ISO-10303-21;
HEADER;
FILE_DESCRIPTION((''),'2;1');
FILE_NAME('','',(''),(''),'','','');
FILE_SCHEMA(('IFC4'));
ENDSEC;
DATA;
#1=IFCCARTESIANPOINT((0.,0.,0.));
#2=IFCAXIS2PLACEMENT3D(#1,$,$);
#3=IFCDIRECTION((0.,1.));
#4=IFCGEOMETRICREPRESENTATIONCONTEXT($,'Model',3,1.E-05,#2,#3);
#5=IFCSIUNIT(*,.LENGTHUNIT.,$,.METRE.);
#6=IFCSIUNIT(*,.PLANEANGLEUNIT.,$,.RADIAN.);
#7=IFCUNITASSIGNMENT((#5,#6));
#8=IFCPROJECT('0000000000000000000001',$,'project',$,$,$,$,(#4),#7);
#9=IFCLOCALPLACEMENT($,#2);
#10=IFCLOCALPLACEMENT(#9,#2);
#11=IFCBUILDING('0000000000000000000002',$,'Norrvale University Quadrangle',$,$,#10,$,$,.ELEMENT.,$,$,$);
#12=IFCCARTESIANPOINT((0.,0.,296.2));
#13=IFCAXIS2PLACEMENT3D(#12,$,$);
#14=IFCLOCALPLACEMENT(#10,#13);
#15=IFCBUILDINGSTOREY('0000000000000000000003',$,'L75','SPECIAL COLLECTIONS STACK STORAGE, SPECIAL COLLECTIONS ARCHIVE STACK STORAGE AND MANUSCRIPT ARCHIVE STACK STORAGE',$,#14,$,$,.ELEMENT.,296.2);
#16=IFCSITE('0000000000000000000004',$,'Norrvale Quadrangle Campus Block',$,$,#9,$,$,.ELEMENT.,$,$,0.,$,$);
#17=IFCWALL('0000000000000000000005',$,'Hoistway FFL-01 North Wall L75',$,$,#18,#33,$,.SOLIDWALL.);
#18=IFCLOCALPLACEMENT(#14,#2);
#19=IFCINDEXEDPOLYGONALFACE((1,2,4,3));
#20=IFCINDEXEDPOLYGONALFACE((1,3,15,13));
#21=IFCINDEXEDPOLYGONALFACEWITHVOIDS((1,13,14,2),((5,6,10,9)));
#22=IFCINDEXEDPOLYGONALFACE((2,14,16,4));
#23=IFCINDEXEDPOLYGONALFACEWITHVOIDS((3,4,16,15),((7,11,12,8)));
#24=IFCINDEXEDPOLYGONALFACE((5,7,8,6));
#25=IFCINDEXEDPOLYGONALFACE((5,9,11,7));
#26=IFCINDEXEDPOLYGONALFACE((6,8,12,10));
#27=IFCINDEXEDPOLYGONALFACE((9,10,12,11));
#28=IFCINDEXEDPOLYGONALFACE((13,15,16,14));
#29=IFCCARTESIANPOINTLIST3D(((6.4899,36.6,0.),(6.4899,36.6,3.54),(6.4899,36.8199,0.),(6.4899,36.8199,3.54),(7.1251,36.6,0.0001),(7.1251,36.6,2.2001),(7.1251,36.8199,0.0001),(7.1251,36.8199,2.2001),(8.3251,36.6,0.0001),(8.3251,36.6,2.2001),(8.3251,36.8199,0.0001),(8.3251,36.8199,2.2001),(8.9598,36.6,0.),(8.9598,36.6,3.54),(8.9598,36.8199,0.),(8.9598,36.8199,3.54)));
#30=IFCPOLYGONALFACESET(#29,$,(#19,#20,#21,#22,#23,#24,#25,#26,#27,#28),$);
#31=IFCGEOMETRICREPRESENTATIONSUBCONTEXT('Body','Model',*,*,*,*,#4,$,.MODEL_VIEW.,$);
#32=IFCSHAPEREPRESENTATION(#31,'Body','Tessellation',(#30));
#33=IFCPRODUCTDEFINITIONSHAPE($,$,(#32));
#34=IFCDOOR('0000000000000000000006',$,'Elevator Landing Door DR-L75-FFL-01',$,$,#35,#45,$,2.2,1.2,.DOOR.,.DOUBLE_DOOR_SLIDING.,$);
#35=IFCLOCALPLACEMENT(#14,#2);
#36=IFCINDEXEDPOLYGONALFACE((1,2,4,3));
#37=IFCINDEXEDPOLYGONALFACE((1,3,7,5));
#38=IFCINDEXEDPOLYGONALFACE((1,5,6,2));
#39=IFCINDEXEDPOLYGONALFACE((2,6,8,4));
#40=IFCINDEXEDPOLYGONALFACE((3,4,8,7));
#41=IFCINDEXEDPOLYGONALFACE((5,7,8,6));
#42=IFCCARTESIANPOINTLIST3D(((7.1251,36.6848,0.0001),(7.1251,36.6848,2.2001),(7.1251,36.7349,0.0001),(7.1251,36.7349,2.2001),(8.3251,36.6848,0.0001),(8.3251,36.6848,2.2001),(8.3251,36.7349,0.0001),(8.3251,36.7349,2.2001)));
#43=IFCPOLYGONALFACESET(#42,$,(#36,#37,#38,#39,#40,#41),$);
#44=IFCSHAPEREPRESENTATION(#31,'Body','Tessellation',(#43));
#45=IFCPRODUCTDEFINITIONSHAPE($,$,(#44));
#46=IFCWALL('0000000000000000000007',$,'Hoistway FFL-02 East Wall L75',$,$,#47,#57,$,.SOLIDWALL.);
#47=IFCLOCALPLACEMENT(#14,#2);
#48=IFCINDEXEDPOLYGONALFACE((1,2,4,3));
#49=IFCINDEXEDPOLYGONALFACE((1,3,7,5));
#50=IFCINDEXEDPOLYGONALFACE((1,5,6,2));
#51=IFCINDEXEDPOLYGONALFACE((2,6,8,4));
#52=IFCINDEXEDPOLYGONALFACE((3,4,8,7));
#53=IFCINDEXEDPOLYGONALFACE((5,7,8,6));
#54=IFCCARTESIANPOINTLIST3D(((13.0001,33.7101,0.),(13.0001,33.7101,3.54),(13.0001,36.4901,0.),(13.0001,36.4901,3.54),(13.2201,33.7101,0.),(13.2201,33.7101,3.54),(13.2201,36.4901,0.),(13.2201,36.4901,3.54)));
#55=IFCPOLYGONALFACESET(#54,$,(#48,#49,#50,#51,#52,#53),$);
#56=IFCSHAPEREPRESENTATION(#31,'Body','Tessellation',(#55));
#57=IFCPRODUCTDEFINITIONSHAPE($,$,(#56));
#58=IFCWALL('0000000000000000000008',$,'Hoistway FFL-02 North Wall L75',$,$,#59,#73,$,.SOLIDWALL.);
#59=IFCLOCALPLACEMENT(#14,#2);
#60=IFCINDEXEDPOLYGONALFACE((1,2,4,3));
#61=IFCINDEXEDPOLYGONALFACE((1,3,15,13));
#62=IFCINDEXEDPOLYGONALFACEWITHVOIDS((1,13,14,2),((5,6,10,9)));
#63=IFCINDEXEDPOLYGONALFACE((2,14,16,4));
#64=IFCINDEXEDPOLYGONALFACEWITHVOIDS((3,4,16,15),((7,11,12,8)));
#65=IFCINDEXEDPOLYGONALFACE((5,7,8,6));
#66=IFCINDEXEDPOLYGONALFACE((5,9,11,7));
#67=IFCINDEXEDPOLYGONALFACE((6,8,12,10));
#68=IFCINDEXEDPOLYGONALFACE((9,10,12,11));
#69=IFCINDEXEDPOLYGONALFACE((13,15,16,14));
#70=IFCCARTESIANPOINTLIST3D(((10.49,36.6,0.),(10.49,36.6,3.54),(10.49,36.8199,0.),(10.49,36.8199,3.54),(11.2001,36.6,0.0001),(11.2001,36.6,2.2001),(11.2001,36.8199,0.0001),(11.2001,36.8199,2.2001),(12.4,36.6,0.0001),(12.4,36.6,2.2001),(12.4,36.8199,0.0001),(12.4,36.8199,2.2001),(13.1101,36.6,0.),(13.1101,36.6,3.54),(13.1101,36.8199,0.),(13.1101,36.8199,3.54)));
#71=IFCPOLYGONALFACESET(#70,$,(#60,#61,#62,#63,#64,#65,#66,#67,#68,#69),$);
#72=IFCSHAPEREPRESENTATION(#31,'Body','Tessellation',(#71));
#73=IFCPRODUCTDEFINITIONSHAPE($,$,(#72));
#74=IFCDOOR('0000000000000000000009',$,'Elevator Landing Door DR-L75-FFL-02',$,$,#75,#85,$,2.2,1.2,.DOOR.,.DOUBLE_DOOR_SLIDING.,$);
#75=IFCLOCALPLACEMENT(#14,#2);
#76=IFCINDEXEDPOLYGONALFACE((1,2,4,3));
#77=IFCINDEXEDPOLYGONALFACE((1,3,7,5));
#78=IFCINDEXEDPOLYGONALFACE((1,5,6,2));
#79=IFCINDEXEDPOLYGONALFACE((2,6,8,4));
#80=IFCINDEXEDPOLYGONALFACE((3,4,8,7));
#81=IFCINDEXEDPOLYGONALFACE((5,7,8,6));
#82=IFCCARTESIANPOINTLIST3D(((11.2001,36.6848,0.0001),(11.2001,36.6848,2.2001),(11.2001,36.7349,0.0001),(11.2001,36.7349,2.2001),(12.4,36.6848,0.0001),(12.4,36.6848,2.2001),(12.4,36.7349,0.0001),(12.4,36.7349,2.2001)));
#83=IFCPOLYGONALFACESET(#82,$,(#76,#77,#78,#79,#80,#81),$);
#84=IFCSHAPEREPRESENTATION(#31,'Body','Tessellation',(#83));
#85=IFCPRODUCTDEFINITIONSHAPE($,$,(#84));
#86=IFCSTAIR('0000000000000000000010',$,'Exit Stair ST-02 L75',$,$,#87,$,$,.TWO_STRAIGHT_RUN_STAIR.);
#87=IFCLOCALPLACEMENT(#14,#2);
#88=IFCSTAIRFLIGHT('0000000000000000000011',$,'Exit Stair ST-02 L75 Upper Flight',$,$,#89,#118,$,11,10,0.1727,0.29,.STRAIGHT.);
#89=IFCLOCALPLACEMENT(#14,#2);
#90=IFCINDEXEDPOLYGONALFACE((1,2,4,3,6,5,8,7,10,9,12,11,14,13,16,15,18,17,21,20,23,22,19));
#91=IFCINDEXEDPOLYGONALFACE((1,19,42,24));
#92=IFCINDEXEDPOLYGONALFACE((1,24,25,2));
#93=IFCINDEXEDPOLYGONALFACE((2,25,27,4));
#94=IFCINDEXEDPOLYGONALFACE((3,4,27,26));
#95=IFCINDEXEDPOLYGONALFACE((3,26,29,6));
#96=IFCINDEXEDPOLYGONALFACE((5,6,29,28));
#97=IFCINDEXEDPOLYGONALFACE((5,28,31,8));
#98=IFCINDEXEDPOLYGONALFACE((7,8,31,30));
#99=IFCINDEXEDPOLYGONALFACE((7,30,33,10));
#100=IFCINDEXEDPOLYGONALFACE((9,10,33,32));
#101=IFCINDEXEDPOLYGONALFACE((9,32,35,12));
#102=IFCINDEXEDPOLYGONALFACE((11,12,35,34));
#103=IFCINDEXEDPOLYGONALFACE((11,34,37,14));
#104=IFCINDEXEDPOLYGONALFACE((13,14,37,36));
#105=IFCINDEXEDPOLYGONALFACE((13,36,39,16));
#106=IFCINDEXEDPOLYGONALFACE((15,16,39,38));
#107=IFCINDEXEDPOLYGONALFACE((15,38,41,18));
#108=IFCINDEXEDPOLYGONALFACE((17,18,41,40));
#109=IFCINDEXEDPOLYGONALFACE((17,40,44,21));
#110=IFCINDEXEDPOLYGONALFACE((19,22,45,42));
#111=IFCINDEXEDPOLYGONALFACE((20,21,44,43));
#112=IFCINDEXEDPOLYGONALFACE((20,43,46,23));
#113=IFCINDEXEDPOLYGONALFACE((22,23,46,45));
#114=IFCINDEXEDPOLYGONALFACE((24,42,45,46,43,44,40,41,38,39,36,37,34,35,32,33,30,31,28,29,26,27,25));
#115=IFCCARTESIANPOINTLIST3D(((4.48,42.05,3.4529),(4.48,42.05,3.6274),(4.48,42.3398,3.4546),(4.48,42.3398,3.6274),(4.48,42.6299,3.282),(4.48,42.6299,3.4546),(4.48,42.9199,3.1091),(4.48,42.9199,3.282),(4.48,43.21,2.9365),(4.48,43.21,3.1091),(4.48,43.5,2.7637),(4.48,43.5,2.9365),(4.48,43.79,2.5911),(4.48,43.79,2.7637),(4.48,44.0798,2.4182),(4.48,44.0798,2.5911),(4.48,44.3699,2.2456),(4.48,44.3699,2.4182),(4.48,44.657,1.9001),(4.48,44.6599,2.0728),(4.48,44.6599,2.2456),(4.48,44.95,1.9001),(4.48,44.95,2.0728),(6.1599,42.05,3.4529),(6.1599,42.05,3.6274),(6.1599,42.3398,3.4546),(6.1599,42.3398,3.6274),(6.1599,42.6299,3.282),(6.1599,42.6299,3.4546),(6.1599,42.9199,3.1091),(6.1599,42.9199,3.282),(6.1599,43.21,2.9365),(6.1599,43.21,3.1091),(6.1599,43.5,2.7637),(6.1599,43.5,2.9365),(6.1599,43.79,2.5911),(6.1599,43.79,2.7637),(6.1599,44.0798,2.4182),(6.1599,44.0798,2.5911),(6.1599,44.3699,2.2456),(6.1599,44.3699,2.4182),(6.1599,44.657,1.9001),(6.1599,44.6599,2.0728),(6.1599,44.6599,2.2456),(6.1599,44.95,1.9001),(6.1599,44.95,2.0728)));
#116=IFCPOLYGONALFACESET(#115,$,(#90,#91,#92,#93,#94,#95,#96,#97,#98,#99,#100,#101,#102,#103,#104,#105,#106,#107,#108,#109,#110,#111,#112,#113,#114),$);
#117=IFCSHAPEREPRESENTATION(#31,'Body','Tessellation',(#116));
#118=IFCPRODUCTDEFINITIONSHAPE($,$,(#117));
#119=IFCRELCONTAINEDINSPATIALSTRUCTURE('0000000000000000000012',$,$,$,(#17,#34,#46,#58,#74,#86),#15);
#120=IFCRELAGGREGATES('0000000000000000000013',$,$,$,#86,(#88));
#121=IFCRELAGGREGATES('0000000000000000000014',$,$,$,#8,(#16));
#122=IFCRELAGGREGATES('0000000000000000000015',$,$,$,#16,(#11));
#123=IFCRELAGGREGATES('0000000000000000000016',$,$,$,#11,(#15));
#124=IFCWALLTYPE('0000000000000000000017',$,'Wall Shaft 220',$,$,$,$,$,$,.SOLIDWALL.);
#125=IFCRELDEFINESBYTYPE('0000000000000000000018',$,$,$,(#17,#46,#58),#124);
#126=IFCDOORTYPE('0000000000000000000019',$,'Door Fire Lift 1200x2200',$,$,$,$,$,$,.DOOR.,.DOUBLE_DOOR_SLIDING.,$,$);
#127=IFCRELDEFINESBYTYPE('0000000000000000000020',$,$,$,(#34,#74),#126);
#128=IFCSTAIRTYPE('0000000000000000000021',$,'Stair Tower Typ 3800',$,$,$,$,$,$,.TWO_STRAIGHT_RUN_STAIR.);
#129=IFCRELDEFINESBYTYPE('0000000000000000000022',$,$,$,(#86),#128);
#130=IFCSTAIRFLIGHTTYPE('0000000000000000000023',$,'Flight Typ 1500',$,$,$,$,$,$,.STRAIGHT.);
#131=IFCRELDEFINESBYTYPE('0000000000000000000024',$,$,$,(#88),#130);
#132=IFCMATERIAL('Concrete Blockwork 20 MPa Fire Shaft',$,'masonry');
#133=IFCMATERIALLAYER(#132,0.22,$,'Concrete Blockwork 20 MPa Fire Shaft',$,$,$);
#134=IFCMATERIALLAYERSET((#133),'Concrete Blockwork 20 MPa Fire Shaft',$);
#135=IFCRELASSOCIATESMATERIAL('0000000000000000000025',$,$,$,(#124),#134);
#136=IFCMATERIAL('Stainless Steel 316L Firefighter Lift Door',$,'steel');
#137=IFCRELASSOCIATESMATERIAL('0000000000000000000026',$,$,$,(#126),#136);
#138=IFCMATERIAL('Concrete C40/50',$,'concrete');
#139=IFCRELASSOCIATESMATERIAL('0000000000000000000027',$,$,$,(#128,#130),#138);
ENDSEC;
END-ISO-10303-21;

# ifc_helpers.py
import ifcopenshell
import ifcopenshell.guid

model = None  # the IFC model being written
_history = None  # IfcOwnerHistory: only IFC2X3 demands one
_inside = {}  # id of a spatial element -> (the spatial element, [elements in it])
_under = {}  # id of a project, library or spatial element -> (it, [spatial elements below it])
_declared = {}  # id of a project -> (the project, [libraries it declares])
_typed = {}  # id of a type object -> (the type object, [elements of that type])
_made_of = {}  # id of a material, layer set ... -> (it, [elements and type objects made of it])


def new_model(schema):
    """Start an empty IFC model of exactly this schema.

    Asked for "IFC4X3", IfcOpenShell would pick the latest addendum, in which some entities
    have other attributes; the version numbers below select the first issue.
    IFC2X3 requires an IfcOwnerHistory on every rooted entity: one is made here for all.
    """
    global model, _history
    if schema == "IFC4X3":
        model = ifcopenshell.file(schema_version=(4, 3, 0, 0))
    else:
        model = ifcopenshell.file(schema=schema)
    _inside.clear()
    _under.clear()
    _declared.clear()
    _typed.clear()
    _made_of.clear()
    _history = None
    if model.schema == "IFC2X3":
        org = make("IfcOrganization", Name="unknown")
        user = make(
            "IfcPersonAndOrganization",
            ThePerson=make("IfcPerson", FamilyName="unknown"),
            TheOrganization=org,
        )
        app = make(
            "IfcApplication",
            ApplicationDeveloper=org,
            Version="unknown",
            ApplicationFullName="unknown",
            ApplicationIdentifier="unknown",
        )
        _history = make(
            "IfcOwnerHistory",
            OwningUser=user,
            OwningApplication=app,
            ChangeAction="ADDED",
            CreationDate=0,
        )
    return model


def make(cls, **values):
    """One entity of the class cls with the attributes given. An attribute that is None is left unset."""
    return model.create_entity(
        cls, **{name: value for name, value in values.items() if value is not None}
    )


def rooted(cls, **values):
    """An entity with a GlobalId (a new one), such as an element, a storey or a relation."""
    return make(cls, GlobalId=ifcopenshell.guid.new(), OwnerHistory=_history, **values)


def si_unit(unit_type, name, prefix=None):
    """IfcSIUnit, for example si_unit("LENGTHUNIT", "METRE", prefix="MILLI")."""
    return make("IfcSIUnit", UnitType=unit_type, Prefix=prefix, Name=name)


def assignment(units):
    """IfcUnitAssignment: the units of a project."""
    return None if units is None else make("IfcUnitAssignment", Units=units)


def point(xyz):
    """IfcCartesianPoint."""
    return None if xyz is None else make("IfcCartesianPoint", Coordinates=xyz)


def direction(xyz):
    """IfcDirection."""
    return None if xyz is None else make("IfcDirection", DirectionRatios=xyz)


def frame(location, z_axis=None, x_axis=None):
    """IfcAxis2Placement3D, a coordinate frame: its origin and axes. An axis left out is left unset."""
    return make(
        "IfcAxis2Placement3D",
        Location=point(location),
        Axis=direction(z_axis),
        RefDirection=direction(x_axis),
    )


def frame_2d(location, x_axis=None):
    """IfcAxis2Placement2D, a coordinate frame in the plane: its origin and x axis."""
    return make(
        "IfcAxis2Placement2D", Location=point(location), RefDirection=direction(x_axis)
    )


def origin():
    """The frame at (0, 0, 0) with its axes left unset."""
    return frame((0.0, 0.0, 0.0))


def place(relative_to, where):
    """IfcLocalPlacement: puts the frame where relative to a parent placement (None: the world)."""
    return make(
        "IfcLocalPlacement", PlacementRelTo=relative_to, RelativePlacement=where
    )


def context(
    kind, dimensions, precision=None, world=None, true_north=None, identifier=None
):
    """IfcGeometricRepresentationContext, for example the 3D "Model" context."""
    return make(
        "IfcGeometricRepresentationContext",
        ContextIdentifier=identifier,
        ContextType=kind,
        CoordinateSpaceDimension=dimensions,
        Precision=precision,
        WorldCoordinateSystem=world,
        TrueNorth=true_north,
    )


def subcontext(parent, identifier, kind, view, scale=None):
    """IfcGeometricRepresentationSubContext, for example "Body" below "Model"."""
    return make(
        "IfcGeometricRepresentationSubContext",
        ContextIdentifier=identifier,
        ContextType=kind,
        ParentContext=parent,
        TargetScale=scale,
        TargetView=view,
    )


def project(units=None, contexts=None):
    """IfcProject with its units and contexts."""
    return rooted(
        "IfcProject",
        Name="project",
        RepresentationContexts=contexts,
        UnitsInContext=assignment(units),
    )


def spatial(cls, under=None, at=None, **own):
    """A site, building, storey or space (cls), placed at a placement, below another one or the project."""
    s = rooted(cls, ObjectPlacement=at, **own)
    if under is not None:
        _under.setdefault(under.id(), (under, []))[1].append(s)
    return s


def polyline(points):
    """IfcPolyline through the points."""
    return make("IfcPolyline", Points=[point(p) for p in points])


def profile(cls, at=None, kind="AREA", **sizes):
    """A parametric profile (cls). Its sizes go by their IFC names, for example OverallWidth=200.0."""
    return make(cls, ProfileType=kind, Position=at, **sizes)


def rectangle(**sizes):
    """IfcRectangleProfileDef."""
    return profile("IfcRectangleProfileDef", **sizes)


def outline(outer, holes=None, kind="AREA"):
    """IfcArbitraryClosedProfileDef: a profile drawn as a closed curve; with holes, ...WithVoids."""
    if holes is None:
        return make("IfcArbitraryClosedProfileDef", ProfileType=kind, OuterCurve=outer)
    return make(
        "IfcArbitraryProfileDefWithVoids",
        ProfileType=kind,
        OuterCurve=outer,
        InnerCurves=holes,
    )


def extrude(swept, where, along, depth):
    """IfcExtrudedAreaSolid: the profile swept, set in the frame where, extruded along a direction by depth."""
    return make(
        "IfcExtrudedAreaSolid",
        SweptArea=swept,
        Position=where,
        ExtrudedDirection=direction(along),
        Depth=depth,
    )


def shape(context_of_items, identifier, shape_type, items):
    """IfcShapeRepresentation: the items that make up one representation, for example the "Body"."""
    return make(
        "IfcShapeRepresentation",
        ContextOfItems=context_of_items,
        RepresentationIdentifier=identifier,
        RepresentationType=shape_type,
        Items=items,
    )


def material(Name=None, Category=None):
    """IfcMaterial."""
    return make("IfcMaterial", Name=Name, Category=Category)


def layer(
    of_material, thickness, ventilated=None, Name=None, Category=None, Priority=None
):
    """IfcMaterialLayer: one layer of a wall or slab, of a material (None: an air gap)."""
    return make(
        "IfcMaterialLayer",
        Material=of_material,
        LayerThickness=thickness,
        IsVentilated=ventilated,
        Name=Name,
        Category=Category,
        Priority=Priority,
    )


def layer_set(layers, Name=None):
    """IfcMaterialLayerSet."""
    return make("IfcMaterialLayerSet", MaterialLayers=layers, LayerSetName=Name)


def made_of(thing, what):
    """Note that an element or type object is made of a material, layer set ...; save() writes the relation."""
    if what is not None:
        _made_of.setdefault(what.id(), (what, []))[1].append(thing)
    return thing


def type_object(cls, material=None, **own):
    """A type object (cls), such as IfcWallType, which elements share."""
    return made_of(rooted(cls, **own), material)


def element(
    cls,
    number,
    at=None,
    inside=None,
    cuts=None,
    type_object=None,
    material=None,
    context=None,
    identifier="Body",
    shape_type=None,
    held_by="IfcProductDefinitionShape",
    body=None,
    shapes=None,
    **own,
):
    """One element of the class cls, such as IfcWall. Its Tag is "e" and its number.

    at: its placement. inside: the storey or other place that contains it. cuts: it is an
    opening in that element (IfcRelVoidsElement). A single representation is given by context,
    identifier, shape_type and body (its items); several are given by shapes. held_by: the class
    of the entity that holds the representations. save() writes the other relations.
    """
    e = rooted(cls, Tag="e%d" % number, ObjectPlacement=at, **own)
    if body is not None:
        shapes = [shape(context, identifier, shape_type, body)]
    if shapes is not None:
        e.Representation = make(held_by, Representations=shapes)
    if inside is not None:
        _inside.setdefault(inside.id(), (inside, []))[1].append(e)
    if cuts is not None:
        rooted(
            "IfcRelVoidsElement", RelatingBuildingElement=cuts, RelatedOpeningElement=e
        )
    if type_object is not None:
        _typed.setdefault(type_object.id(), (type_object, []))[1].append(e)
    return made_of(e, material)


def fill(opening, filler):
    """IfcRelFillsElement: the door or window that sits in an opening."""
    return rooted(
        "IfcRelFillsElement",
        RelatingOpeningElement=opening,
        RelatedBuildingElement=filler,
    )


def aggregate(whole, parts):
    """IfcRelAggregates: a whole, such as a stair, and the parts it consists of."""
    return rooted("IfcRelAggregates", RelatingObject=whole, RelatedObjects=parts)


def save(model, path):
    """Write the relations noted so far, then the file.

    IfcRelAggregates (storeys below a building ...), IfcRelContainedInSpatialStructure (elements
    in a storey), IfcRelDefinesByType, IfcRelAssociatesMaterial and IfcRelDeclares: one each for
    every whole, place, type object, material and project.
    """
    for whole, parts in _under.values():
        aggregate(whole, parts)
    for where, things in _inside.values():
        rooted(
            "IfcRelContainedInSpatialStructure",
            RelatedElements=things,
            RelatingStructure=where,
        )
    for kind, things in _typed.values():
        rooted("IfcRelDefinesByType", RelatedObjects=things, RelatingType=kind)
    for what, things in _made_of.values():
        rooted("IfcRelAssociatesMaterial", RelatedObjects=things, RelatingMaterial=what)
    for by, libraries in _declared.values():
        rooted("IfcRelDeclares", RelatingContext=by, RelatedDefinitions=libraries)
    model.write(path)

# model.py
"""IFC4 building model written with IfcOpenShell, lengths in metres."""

from ifc_helpers import new_model, si_unit, direction, frame, frame_2d, origin, place, context, subcontext, project, spatial, polyline, rectangle, outline, extrude, material, layer, layer_set, type_object, element, fill, aggregate, save


model = new_model("IFC4")

# Units and contexts
model_context = context("Model", 3, precision=1e-05, world=origin(), true_north=direction((0.0, 1.0)))
body_context = subcontext(model_context, "Body", "Model", "MODEL_VIEW")
ifc_project = project(units=[si_unit("LENGTHUNIT", "METRE"), si_unit("PLANEANGLEUNIT", "RADIAN")], contexts=[model_context])

# Site, building, storey
site_placement = place(None, origin())
site = spatial("IfcSite", under=ifc_project, at=site_placement, Name="Norrvale Quadrangle Campus Block", CompositionType="ELEMENT", RefElevation=0.0)
building_placement = place(site_placement, origin())
building = spatial("IfcBuilding", under=site, at=building_placement, Name="Norrvale University Quadrangle", CompositionType="ELEMENT")
storey_placement = place(building_placement, frame((0.0, 0.0, 296.2)))
storey = spatial("IfcBuildingStorey", under=building, at=storey_placement, Name="L75", Description="SPECIAL COLLECTIONS STACK STORAGE, SPECIAL COLLECTIONS ARCHIVE STACK STORAGE AND MANUSCRIPT ARCHIVE STACK STORAGE", CompositionType="ELEMENT", Elevation=296.2)

# Shared definitions
ifc_material_1 = material(Name="Concrete Blockwork 20 MPa Fire Shaft", Category="masonry")
ifc_layer_1 = layer(ifc_material_1, 0.22, Name="Concrete Blockwork 20 MPa Fire Shaft")
ifc_layer_set_1 = layer_set([ifc_layer_1], Name="Concrete Blockwork 20 MPa Fire Shaft")
wall_type_1 = type_object("IfcWallType", Name="Wall Shaft 220", PredefinedType="SOLIDWALL", material=ifc_layer_set_1)

# Wall, opening, door
wall_1_placement = place(storey_placement, frame((6.49, 36.71, 0.0), z_axis=(0.0, 0.0, 1.0), x_axis=(1.0, 0.0, 0.0)))
wall_1 = element("IfcWall", 1, at=wall_1_placement, inside=storey, type_object=wall_type_1, Name="Hoistway FFL-01 North Wall L75", PredefinedType="SOLIDWALL", context=body_context, shape_type="SweptSolid", body=[
    extrude(rectangle(XDim=2.47, YDim=0.22, at=frame_2d((1.2349, 0.0))), origin(), (0.0, 0.0, 1.0), 3.54),
])
opening_1_placement = place(wall_1_placement, frame((0.635, 0.0, 0.0)))
opening_1 = element("IfcOpeningElement", 2, at=opening_1_placement, cuts=wall_1, PredefinedType="OPENING", context=body_context, shape_type="SweptSolid", body=[
    extrude(rectangle(XDim=1.2, YDim=2.2, at=frame_2d((0.6001, 1.1001))), frame((0.0, 0.1221, 0.0), z_axis=(0.0, -1.0, 0.0), x_axis=(1.0, 0.0, 0.0)), (0.0, 0.0, 1.0), 0.2439),
])
ifc_material_2 = material(Name="Stainless Steel 316L Firefighter Lift Door", Category="steel")
door_type_1 = type_object("IfcDoorType", Name="Door Fire Lift 1200x2200", OperationType="DOUBLE_DOOR_SLIDING", PredefinedType="DOOR", material=ifc_material_2)
door_1_placement = place(opening_1_placement, origin())
door_1 = element("IfcDoor", 3, at=door_1_placement, inside=storey, type_object=door_type_1, Name="Elevator Landing Door DR-L75-FFL-01", OperationType="DOUBLE_DOOR_SLIDING", OverallHeight=2.2, OverallWidth=1.2, PredefinedType="DOOR", context=body_context, shape_type="SweptSolid", body=[
    extrude(rectangle(XDim=1.2, YDim=2.2, at=frame_2d((0.6001, 1.1001))), frame((0.0, 0.0249, 0.0), z_axis=(0.0, -1.0, 0.0), x_axis=(1.0, 0.0, 0.0)), (0.0, 0.0, 1.0), 0.05),
])
fill(opening_1, door_1)

# Wall
wall_2_placement = place(storey_placement, frame((13.1101, 33.71, 0.0), z_axis=(0.0, 0.0, 1.0), x_axis=(0.0, 1.0, 0.0)))
element("IfcWall", 4, at=wall_2_placement, inside=storey, type_object=wall_type_1, Name="Hoistway FFL-02 East Wall L75", PredefinedType="SOLIDWALL", context=body_context, shape_type="SweptSolid", body=[
    extrude(rectangle(XDim=2.78, YDim=0.22, at=frame_2d((1.3901, 0.0))), origin(), (0.0, 0.0, 1.0), 3.54),
])

# Wall, opening, door
wall_3_placement = place(storey_placement, frame((10.49, 36.71, 0.0), z_axis=(0.0, 0.0, 1.0), x_axis=(1.0, 0.0, 0.0)))
wall_3 = element("IfcWall", 5, at=wall_3_placement, inside=storey, type_object=wall_type_1, Name="Hoistway FFL-02 North Wall L75", PredefinedType="SOLIDWALL", context=body_context, shape_type="SweptSolid", body=[
    extrude(rectangle(XDim=2.6201, YDim=0.22, at=frame_2d((1.3101, 0.0))), origin(), (0.0, 0.0, 1.0), 3.54),
])
opening_2_placement = place(wall_3_placement, frame((0.71, 0.0, 0.0)))
opening_2 = element("IfcOpeningElement", 6, at=opening_2_placement, cuts=wall_3, PredefinedType="OPENING", context=body_context, shape_type="SweptSolid", body=[
    extrude(rectangle(XDim=1.2, YDim=2.2, at=frame_2d((0.6001, 1.1001))), frame((0.0, 0.1221, 0.0), z_axis=(0.0, -1.0, 0.0), x_axis=(1.0, 0.0, 0.0)), (0.0, 0.0, 1.0), 0.2439),
])
door_2_placement = place(opening_2_placement, origin())
door_2 = element("IfcDoor", 7, at=door_2_placement, inside=storey, type_object=door_type_1, Name="Elevator Landing Door DR-L75-FFL-02", OperationType="DOUBLE_DOOR_SLIDING", OverallHeight=2.2, OverallWidth=1.2, PredefinedType="DOOR", context=body_context, shape_type="SweptSolid", body=[
    extrude(rectangle(XDim=1.2, YDim=2.2, at=frame_2d((0.6001, 1.1001))), frame((0.0, 0.0249, 0.0), z_axis=(0.0, -1.0, 0.0), x_axis=(1.0, 0.0, 0.0)), (0.0, 0.0, 1.0), 0.05),
])
fill(opening_2, door_2)

# Stair, stair flight
ifc_material_3 = material(Name="Concrete C40/50", Category="concrete")
stair_type = type_object("IfcStairType", Name="Stair Tower Typ 3800", PredefinedType="TWO_STRAIGHT_RUN_STAIR", material=ifc_material_3)
stair_placement = place(storey_placement, origin())
stair = element("IfcStair", 8, at=stair_placement, inside=storey, type_object=stair_type, Name="Exit Stair ST-02 L75", PredefinedType="TWO_STRAIGHT_RUN_STAIR")
stair_flight_type = type_object("IfcStairFlightType", Name="Flight Typ 1500", PredefinedType="STRAIGHT", material=ifc_material_3)
stair_flight_placement = place(storey_placement, frame((5.3201, 44.95, 1.9001), z_axis=(0.0, 0.0, 1.0), x_axis=(0.0, -1.0, 0.0)))
stair_flight = element("IfcStairFlight", 9, at=stair_flight_placement, type_object=stair_flight_type, Name="Exit Stair ST-02 L75 Upper Flight", NumberOfRisers=11, NumberOfTreads=10, PredefinedType="STRAIGHT", RiserHeight=0.1727, TreadLength=0.29, context=body_context, shape_type="SweptSolid", body=[
    extrude(outline(polyline([(0.0, 0.0), (0.0, 0.1726), (0.29, 0.1726), (0.29, 0.3455), (0.5801, 0.3455), (0.5801, 0.5181), (0.8701, 0.5181), (0.8701, 0.6909), (1.1599, 0.6909), (1.1599, 0.8635), (1.45, 0.8635), (1.45, 1.0364), (1.74, 1.0364), (1.74, 1.209), (2.03, 1.209), (2.03, 1.3818), (2.3201, 1.3818), (2.3201, 1.5544), (2.6101, 1.5544), (2.6101, 1.7273), (2.8999, 1.7273), (2.8999, 1.8999), (2.8999, 1.5527), (0.293, 0.0), (0.0, 0.0)])), frame((0.0, 0.8398, 0.0), z_axis=(0.0, -1.0, 0.0), x_axis=(1.0, 0.0, 0.0)), (0.0, 0.0, 1.0), 1.6799),
])
aggregate(stair, [stair_flight])

save(model, "model.ifc")
